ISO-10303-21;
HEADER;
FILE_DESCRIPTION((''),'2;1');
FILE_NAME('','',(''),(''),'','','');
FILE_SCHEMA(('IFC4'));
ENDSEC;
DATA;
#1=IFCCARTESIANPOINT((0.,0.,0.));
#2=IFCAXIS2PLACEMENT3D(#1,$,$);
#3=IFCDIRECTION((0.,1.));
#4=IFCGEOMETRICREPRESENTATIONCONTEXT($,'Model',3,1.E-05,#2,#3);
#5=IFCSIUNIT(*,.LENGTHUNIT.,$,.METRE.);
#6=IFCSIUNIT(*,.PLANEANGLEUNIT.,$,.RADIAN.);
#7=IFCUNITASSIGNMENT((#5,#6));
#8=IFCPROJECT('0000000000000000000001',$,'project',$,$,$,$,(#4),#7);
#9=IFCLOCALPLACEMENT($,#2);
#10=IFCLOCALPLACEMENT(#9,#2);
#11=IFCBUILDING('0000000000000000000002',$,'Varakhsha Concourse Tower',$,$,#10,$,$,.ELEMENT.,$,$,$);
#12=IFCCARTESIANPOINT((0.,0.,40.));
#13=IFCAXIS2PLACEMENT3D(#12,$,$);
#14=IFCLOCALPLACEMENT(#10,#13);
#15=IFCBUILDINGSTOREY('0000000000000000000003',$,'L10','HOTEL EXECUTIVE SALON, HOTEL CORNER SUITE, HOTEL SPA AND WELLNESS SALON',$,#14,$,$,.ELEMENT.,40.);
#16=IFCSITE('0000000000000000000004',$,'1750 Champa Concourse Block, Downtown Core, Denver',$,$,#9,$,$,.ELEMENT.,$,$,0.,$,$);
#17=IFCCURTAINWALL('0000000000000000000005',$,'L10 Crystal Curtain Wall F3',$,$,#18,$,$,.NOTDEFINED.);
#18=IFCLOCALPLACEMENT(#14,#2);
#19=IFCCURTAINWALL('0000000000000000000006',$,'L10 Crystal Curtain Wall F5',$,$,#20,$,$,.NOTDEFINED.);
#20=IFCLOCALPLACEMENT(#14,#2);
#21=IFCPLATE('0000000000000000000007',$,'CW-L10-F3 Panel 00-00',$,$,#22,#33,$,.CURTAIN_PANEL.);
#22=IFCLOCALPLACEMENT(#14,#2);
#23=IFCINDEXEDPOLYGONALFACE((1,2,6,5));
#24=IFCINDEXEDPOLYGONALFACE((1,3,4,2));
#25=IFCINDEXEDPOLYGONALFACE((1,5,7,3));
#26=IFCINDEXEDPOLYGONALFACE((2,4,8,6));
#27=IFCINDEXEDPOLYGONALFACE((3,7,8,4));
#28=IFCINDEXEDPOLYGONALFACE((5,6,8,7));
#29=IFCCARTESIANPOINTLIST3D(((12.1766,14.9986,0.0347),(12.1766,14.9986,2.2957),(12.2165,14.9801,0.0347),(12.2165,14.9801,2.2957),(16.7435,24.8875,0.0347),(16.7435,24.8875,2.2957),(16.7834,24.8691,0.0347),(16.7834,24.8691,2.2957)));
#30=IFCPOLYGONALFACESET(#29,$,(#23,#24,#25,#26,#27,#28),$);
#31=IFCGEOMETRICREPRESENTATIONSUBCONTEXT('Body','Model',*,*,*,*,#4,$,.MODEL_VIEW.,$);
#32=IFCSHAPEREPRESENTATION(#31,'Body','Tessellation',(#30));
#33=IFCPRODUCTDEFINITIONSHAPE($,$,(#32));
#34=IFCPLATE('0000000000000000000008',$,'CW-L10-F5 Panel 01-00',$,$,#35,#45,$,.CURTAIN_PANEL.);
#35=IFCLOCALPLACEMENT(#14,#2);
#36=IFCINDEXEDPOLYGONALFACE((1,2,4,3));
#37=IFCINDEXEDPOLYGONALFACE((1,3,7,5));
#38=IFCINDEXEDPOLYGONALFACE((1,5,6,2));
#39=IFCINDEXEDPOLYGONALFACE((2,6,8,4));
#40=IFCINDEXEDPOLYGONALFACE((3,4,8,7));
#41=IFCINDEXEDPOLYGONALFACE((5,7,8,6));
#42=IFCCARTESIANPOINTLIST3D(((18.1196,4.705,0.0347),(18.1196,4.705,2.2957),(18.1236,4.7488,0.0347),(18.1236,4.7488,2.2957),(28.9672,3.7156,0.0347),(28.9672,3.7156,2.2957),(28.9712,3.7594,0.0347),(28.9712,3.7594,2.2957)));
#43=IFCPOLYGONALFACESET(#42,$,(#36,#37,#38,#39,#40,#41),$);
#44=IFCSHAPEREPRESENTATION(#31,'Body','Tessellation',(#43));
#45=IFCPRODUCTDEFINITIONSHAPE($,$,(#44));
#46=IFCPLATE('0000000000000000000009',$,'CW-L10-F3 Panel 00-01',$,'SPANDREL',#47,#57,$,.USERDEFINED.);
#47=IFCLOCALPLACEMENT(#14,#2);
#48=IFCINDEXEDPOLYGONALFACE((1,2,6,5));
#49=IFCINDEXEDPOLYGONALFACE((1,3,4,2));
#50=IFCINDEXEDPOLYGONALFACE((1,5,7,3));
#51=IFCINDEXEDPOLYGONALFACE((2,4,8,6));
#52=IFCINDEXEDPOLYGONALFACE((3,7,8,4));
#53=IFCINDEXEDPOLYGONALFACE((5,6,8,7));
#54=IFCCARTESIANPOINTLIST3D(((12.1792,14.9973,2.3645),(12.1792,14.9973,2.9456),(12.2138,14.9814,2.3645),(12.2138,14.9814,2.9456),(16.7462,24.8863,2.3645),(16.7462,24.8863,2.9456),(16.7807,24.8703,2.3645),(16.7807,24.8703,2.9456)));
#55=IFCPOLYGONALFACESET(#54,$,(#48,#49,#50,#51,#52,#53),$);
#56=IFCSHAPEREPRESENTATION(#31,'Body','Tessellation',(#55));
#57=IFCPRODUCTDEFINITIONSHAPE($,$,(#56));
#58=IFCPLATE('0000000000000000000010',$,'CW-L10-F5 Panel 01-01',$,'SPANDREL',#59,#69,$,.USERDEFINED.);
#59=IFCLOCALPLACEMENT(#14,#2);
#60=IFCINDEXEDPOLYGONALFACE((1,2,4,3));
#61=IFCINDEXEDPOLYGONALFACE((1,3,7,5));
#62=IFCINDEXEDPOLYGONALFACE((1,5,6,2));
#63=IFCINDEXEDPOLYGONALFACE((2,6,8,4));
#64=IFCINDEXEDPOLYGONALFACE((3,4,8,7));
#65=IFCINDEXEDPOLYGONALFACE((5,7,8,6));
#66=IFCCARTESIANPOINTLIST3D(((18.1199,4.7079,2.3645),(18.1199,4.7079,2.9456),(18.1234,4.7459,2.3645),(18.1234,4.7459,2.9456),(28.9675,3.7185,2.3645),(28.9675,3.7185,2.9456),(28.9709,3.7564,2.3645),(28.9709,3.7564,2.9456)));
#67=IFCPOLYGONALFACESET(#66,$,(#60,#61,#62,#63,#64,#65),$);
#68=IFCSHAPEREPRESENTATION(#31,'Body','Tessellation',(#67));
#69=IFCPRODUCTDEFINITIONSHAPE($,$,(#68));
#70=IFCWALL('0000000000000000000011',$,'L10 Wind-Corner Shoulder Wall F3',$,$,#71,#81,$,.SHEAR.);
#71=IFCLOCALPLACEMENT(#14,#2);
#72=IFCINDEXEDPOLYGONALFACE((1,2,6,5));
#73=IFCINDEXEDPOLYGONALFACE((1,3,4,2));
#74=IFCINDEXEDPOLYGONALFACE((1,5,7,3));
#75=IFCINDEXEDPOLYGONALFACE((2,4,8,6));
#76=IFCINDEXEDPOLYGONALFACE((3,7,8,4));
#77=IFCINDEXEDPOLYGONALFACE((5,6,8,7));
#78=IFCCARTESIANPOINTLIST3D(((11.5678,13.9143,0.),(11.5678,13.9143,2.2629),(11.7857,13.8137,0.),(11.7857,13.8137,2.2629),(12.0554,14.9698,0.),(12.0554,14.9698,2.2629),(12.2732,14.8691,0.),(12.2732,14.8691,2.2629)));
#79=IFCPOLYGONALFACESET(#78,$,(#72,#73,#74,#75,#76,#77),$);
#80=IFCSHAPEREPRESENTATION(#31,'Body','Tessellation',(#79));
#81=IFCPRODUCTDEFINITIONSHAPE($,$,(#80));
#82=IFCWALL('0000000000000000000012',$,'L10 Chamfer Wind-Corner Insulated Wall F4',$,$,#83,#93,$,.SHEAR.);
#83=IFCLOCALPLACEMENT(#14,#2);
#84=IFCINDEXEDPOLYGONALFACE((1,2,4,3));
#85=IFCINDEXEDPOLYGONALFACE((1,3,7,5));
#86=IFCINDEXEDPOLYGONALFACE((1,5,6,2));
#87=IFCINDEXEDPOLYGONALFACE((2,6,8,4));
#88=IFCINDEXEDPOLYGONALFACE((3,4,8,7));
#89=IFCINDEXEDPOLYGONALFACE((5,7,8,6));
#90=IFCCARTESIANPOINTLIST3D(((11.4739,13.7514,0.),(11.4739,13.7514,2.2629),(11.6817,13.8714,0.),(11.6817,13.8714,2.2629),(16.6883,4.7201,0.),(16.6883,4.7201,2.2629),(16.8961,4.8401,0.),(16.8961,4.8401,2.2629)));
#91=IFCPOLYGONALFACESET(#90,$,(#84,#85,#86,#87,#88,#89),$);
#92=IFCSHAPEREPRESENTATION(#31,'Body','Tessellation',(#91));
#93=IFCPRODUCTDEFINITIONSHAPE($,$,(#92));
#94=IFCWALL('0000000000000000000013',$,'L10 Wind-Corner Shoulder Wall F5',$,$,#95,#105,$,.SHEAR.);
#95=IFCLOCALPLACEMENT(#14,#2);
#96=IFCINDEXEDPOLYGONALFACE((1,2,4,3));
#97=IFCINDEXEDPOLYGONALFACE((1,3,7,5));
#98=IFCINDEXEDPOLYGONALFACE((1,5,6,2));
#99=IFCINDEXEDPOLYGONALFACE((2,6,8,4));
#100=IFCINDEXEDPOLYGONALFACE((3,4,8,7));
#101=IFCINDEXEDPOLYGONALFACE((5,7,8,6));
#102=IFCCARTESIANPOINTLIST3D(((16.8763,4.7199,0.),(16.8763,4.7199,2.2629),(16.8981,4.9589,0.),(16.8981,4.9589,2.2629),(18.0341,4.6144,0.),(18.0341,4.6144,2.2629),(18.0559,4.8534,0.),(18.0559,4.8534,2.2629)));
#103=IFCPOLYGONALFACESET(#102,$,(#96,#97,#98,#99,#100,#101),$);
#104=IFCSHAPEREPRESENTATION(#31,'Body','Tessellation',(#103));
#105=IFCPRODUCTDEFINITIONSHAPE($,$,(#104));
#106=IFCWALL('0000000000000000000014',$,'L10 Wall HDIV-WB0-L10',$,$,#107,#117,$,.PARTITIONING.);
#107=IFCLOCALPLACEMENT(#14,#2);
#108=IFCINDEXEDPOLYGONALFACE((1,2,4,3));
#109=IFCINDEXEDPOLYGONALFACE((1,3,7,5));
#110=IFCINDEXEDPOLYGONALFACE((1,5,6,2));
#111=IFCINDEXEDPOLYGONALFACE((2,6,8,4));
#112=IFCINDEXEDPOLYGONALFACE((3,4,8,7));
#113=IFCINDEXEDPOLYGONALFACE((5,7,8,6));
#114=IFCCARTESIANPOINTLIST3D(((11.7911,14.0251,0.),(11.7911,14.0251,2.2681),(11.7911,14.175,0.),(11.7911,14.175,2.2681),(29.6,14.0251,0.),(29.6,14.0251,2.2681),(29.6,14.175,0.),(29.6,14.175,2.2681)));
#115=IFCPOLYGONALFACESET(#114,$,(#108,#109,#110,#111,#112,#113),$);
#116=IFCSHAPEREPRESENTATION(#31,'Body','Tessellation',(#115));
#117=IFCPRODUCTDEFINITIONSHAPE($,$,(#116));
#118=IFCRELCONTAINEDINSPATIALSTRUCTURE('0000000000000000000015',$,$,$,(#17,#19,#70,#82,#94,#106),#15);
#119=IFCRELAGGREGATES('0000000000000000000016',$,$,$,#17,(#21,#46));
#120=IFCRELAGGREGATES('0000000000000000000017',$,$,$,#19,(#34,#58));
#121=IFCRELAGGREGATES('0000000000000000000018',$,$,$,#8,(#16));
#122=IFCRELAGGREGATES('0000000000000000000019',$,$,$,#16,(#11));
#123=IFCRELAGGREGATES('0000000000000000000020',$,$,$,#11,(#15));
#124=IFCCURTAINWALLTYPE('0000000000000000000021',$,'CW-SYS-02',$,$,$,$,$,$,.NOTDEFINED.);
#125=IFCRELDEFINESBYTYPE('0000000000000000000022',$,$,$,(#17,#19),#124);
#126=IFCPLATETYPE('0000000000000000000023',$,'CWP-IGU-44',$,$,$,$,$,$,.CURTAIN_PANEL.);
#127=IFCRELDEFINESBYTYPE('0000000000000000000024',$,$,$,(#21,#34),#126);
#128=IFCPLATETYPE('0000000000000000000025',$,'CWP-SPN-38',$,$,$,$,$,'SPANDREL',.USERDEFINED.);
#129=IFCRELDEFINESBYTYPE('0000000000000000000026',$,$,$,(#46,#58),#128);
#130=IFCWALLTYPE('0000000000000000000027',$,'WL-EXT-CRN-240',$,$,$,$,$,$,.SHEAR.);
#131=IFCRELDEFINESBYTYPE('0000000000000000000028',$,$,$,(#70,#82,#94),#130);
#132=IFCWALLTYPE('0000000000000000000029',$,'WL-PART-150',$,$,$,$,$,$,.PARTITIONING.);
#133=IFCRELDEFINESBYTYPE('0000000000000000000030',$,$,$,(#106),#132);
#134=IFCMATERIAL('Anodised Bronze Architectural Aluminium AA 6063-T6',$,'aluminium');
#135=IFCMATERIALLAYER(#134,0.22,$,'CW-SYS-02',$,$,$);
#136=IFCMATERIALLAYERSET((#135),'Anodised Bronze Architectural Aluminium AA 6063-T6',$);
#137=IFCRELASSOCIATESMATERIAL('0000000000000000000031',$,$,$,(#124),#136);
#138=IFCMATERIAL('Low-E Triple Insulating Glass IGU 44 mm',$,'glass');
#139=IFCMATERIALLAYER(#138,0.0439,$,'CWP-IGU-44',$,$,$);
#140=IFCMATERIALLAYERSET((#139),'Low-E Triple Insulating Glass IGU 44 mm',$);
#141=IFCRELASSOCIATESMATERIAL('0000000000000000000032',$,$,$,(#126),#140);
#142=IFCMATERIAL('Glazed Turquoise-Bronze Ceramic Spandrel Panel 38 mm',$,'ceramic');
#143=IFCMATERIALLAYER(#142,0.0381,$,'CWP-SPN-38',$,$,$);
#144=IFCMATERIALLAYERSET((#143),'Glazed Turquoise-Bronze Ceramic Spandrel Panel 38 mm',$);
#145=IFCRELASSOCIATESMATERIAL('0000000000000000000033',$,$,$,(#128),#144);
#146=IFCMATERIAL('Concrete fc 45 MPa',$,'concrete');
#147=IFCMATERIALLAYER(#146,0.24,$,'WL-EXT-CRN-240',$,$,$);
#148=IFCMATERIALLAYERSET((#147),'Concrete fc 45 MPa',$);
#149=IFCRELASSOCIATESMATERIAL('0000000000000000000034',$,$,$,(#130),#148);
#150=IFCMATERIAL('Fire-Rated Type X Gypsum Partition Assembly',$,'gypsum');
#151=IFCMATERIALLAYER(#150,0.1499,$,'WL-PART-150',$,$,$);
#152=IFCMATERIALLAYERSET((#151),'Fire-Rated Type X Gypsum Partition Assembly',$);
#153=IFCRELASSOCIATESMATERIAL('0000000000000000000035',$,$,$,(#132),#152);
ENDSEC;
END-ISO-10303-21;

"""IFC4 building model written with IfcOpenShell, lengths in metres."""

from ifc_helpers import new_model, si_unit, direction, frame, frame_2d, origin, origin_2d, place, context, subcontext, project, spatial, rectangle, extrude, source, transform, mapped, material, layer, layer_set, type_object, type_shapes, element, aggregate, save


model = new_model("IFC4")

# Units and contexts
model_context = context("Model", 3, precision=1e-05, world=origin(), true_north=direction((0.0, 1.0)))
body_context = subcontext(model_context, "Body", "Model", "MODEL_VIEW")
ifc_project = project(units=[si_unit("LENGTHUNIT", "METRE"), si_unit("PLANEANGLEUNIT", "RADIAN")], contexts=[model_context])

# Site, building, storey
site_placement = place(None, origin())
site = spatial("IfcSite", under=ifc_project, at=site_placement, Name="1750 Champa Concourse Block, Downtown Core, Denver", CompositionType="ELEMENT", RefElevation=0.0)
building_placement = place(site_placement, origin())
building = spatial("IfcBuilding", under=site, at=building_placement, Name="Varakhsha Concourse Tower", CompositionType="ELEMENT")
storey_placement = place(building_placement, frame((0.0, 0.0, 40.0)))
storey = spatial("IfcBuildingStorey", under=building, at=storey_placement, Name="L10", Description="HOTEL EXECUTIVE SALON, HOTEL CORNER SUITE, HOTEL SPA AND WELLNESS SALON", CompositionType="ELEMENT", Elevation=40.0)

# Curtain walls
ifc_material_1 = material(Name="Anodised Bronze Architectural Aluminium AA 6063-T6", Category="aluminium")
ifc_layer_1 = layer(ifc_material_1, 0.22, Name="CW-SYS-02")
ifc_layer_set_1 = layer_set([ifc_layer_1], Name="Anodised Bronze Architectural Aluminium AA 6063-T6")
curtain_wall_type = type_object("IfcCurtainWallType", Name="CW-SYS-02", PredefinedType="NOTDEFINED", material=ifc_layer_set_1)
curtain_wall_1_placement = place(storey_placement, origin())
curtain_wall_1 = element("IfcCurtainWall", 1, at=curtain_wall_1_placement, inside=storey, type_object=curtain_wall_type, Name="L10 Crystal Curtain Wall F3", PredefinedType="NOTDEFINED")
curtain_wall_2_placement = place(storey_placement, origin())
curtain_wall_2 = element("IfcCurtainWall", 2, at=curtain_wall_2_placement, inside=storey, type_object=curtain_wall_type, Name="L10 Crystal Curtain Wall F5", PredefinedType="NOTDEFINED")

# Shared definitions
ifc_material_2 = material(Name="Concrete fc 45 MPa", Category="concrete")

# Plates
ifc_material_3 = material(Name="Low-E Triple Insulating Glass IGU 44 mm", Category="glass")
ifc_layer_2 = layer(ifc_material_3, 0.0439, Name="CWP-IGU-44")
ifc_layer_set_2 = layer_set([ifc_layer_2], Name="Low-E Triple Insulating Glass IGU 44 mm")
plate_type_1 = type_object("IfcPlateType", Name="CWP-IGU-44", PredefinedType="CURTAIN_PANEL", material=ifc_layer_set_2)
shared_shape_1 = source(origin(), body_context, "Body", "SweptSolid", [
    extrude(rectangle(XDim=10.8926, YDim=0.0439, at=origin_2d()), origin(), (0.0, 0.0, 1.0), 2.261),
])
type_shapes(plate_type_1, [shared_shape_1])
plate_1_placement = place(storey_placement, frame((14.48, 19.9338, 0.0347), z_axis=(0.0, 0.0, 1.0), x_axis=(0.41927, 0.907862, 0.0)))
plate_1 = element("IfcPlate", 3, at=plate_1_placement, type_object=plate_type_1, Name="CW-L10-F3 Panel 00-00", PredefinedType="CURTAIN_PANEL", context=body_context, shape_type="MappedRepresentation", body=[
    mapped(shared_shape_1, transform((0.0, 0.0, 0.0), scale=1.0)),
])
plate_2_placement = place(storey_placement, frame((23.5454, 4.2322, 0.0347), z_axis=(0.0, 0.0, 1.0), x_axis=(-0.995866, 0.090834, 0.0)))
plate_2 = element("IfcPlate", 4, at=plate_2_placement, type_object=plate_type_1, Name="CW-L10-F5 Panel 01-00", PredefinedType="CURTAIN_PANEL", context=body_context, shape_type="MappedRepresentation", body=[
    mapped(shared_shape_1, transform((0.0, 0.0, 0.0), scale=1.0)),
])
ifc_material_4 = material(Name="Glazed Turquoise-Bronze Ceramic Spandrel Panel 38 mm", Category="ceramic")
ifc_layer_3 = layer(ifc_material_4, 0.0381, Name="CWP-SPN-38")
ifc_layer_set_3 = layer_set([ifc_layer_3], Name="Glazed Turquoise-Bronze Ceramic Spandrel Panel 38 mm")
plate_type_2 = type_object("IfcPlateType", Name="CWP-SPN-38", ElementType="SPANDREL", PredefinedType="USERDEFINED", material=ifc_layer_set_3)
shared_shape_2 = source(origin(), body_context, "Body", "SweptSolid", [
    extrude(rectangle(XDim=10.8926, YDim=0.0381, at=origin_2d()), origin(), (0.0, 0.0, 1.0), 0.5811),
])
type_shapes(plate_type_2, [shared_shape_2])
plate_3_placement = place(storey_placement, frame((14.48, 19.9338, 2.3645), z_axis=(0.0, 0.0, 1.0), x_axis=(0.41927, 0.907862, 0.0)))
plate_3 = element("IfcPlate", 5, at=plate_3_placement, type_object=plate_type_2, Name="CW-L10-F3 Panel 00-01", ObjectType="SPANDREL", PredefinedType="USERDEFINED", context=body_context, shape_type="MappedRepresentation", body=[
    mapped(shared_shape_2, transform((0.0, 0.0, 0.0), scale=1.0)),
])
aggregate(curtain_wall_1, [plate_1, plate_3])
plate_4_placement = place(storey_placement, frame((23.5454, 4.2322, 2.3645), z_axis=(0.0, 0.0, 1.0), x_axis=(-0.995866, 0.090834, 0.0)))
plate_4 = element("IfcPlate", 6, at=plate_4_placement, type_object=plate_type_2, Name="CW-L10-F5 Panel 01-01", ObjectType="SPANDREL", PredefinedType="USERDEFINED", context=body_context, shape_type="MappedRepresentation", body=[
    mapped(shared_shape_2, transform((0.0, 0.0, 0.0), scale=1.0)),
])
aggregate(curtain_wall_2, [plate_2, plate_4])

# Walls
ifc_layer_4 = layer(ifc_material_2, 0.24, Name="WL-EXT-CRN-240")
ifc_layer_set_4 = layer_set([ifc_layer_4], Name="Concrete fc 45 MPa")
wall_type_1 = type_object("IfcWallType", Name="WL-EXT-CRN-240", PredefinedType="SHEAR", material=ifc_layer_set_4)
wall_1_placement = place(storey_placement, frame((12.1643, 14.9194, 0.0), z_axis=(0.0, 0.0, 1.0), x_axis=(-0.419364, -0.907818, 0.0)))
element("IfcWall", 7, at=wall_1_placement, inside=storey, type_object=wall_type_1, Name="L10 Wind-Corner Shoulder Wall F3", PredefinedType="SHEAR", context=body_context, shape_type="SweptSolid", body=[
    extrude(rectangle(XDim=1.1626, YDim=0.24, at=frame_2d((0.5813, 0.0))), origin(), (0.0, 0.0, 1.0), 2.2629),
])
wall_2_placement = place(storey_placement, frame((16.7922, 4.78, 0.0), z_axis=(0.0, 0.0, 1.0), x_axis=(-0.500012, 0.866019, 0.0)))
element("IfcWall", 8, at=wall_2_placement, inside=storey, type_object=wall_type_1, Name="L10 Chamfer Wind-Corner Insulated Wall F4", PredefinedType="SHEAR", context=body_context, shape_type="SweptSolid", body=[
    extrude(rectangle(XDim=10.4285, YDim=0.24, at=frame_2d((5.2144, 0.0))), origin(), (0.0, 0.0, 1.0), 2.2629),
])
wall_3_placement = place(storey_placement, frame((16.8872, 4.8394, 0.0), z_axis=(0.0, 0.0, 1.0), x_axis=(0.995876, -0.090725, 0.0)))
element("IfcWall", 9, at=wall_3_placement, inside=storey, type_object=wall_type_1, Name="L10 Wind-Corner Shoulder Wall F5", PredefinedType="SHEAR", context=body_context, shape_type="SweptSolid", body=[
    extrude(rectangle(XDim=1.1626, YDim=0.24, at=frame_2d((0.5813, 0.0))), origin(), (0.0, 0.0, 1.0), 2.2629),
])
ifc_material_5 = material(Name="Fire-Rated Type X Gypsum Partition Assembly", Category="gypsum")
ifc_layer_5 = layer(ifc_material_5, 0.1499, Name="WL-PART-150")
ifc_layer_set_5 = layer_set([ifc_layer_5], Name="Fire-Rated Type X Gypsum Partition Assembly")
wall_type_2 = type_object("IfcWallType", Name="WL-PART-150", PredefinedType="PARTITIONING", material=ifc_layer_set_5)
wall_4_placement = place(storey_placement, frame((11.7913, 14.1001, 0.0), z_axis=(0.0, 0.0, 1.0), x_axis=(1.0, 0.0, 0.0)))
element("IfcWall", 10, at=wall_4_placement, inside=storey, type_object=wall_type_2, Name="L10 Wall HDIV-WB0-L10", PredefinedType="PARTITIONING", context=body_context, shape_type="SweptSolid", body=[
    extrude(rectangle(XDim=17.8088, YDim=0.1499, at=frame_2d((8.9043, 0.0))), origin(), (0.0, 0.0, 1.0), 2.2681),
])

save(model, "model.ifc")
